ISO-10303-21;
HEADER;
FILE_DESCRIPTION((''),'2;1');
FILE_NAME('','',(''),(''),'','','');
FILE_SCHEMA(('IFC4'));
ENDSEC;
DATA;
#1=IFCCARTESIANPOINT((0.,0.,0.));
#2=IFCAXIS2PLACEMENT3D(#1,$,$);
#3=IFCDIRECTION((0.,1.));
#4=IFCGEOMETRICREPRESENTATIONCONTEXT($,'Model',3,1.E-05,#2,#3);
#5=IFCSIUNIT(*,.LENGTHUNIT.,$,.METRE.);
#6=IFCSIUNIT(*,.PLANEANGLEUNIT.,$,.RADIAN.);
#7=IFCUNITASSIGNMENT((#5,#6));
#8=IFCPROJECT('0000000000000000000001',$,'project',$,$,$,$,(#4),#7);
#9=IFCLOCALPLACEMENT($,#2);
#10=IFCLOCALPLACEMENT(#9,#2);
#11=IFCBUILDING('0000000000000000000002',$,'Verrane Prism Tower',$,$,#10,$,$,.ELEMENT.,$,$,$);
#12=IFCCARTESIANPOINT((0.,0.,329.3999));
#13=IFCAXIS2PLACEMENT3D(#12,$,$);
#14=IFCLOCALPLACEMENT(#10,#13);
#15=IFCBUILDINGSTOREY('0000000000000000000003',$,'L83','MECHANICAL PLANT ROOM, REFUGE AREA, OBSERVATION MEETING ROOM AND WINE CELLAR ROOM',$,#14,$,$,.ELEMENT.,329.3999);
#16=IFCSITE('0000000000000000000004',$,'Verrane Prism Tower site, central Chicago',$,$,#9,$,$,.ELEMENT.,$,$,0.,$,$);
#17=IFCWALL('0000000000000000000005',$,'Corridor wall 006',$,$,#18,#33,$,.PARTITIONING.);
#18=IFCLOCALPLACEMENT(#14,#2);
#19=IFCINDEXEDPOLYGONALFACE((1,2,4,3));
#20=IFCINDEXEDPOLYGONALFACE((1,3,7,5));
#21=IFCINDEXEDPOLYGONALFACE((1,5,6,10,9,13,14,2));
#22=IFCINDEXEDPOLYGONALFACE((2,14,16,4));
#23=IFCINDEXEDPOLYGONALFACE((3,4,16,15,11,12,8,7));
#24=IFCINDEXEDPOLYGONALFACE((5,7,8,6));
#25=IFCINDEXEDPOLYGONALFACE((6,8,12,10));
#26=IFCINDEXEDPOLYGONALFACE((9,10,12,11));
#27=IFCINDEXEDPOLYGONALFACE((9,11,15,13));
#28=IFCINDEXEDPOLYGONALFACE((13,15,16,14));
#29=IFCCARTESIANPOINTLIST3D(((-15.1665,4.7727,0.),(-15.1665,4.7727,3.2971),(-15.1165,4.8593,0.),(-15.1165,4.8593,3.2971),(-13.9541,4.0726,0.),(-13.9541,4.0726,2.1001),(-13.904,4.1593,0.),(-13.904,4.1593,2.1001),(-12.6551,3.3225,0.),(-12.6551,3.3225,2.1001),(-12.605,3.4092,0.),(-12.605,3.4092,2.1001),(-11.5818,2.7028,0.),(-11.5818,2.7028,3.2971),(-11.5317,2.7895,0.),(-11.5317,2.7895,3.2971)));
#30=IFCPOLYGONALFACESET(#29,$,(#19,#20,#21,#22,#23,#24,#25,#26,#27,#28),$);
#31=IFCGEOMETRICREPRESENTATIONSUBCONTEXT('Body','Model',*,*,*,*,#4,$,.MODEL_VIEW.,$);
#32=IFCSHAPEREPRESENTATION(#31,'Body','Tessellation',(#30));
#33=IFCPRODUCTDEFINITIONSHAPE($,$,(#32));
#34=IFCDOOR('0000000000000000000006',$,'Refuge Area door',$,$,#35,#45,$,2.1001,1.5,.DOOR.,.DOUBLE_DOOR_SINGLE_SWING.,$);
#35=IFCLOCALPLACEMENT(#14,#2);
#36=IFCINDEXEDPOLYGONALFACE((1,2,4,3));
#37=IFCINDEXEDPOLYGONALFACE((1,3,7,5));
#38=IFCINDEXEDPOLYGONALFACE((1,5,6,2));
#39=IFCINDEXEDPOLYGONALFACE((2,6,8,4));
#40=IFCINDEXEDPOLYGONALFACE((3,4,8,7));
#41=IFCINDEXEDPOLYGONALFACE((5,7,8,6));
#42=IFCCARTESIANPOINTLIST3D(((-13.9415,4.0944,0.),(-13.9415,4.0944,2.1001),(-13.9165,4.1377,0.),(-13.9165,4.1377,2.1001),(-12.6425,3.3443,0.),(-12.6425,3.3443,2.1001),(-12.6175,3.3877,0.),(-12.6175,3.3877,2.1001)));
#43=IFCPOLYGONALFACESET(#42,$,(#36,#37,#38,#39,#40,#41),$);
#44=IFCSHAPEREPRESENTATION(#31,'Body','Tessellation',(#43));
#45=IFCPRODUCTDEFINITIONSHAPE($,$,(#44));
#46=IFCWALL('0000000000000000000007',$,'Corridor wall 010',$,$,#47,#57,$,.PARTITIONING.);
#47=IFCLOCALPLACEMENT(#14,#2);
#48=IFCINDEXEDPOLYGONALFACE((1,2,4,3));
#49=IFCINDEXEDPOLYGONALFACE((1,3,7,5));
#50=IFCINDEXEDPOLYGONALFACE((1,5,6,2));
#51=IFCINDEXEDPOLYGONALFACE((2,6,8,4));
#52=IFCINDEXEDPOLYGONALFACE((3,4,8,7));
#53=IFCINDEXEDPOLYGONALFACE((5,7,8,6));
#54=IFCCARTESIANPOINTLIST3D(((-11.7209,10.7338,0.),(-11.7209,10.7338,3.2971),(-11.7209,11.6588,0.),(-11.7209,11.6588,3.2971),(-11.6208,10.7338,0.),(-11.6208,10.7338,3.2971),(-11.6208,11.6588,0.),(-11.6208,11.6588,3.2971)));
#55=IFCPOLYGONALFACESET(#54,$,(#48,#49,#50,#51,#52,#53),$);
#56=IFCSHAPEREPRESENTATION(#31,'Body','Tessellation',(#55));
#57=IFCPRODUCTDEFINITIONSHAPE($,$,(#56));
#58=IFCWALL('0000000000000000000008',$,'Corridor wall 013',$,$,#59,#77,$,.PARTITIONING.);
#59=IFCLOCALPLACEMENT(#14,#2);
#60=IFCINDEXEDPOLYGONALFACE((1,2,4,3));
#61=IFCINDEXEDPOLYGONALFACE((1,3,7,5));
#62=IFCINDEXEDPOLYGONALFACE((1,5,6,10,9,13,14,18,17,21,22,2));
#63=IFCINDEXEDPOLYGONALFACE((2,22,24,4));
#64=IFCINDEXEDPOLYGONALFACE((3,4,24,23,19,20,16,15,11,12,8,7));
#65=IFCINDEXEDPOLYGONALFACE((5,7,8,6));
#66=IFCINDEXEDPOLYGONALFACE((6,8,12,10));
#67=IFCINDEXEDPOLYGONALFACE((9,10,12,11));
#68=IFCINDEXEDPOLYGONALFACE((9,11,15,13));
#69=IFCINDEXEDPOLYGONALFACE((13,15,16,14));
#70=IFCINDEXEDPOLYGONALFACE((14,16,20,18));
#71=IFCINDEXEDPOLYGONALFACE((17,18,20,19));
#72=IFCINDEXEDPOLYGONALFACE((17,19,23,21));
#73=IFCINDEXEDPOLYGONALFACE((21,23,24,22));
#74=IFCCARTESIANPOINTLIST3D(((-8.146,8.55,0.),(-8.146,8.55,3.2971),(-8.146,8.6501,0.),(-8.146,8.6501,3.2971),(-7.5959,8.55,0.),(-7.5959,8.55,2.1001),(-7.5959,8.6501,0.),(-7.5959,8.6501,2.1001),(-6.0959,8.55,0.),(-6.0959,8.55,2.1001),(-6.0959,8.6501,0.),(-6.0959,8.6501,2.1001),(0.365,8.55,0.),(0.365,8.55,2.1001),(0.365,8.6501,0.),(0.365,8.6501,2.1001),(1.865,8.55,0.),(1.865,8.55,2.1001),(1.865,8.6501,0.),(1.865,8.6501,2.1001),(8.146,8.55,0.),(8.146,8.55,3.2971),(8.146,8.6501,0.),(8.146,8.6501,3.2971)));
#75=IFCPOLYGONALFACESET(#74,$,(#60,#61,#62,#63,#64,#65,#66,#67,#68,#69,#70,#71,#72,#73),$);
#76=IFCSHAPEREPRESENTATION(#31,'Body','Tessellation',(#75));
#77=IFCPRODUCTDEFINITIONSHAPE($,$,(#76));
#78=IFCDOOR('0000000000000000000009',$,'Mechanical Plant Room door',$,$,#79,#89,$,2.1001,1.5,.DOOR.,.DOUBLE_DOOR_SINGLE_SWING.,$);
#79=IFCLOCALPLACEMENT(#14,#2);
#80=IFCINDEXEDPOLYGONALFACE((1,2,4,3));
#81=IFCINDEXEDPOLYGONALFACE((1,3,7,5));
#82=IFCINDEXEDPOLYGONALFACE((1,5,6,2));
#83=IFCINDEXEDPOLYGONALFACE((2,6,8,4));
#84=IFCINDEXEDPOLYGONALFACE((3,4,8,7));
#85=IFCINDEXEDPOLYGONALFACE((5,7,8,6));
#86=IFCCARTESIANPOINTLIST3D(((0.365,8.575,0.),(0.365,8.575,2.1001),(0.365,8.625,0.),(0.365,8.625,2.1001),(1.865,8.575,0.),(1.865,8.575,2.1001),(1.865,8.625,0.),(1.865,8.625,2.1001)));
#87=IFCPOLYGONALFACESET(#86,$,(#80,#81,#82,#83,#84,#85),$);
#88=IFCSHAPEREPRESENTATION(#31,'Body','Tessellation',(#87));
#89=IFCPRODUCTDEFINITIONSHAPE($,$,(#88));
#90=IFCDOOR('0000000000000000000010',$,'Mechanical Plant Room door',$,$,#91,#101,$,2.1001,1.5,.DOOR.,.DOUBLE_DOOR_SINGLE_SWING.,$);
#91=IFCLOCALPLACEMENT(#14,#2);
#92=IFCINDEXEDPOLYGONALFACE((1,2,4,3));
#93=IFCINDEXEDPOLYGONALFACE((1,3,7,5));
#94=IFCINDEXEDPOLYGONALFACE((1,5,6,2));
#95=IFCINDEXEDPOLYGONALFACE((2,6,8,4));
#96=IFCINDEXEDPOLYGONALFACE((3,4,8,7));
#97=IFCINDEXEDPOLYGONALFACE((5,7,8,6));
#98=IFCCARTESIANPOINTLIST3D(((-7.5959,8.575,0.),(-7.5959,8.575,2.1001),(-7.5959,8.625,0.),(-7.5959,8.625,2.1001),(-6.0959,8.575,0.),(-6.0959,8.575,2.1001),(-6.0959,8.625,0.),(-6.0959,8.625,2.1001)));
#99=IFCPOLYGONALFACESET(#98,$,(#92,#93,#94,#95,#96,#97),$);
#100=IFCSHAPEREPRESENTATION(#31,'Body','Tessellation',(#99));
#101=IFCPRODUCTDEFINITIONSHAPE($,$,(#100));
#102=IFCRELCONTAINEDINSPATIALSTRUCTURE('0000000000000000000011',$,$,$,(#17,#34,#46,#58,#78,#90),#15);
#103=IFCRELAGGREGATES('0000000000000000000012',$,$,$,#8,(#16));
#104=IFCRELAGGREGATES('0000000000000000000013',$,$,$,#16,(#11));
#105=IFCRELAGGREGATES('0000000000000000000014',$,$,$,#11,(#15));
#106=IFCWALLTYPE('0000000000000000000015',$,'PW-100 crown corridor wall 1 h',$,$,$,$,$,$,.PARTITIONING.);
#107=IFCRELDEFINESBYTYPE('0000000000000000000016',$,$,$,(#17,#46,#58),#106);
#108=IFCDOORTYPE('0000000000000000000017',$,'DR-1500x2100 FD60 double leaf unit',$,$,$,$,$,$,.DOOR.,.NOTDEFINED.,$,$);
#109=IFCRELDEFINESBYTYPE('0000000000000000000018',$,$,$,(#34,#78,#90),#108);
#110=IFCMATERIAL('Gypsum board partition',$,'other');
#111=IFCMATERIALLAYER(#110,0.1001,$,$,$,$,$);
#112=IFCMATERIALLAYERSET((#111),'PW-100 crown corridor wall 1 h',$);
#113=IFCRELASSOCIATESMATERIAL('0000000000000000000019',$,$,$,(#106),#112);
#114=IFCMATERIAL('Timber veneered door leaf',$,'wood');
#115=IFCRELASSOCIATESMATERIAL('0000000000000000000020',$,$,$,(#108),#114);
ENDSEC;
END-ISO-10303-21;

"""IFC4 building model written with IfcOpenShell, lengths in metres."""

from ifc_helpers import new_model, si_unit, direction, frame, frame_2d, origin, place, context, subcontext, project, spatial, rectangle, extrude, material, layer, layer_set, type_object, element, fill, save


model = new_model("IFC4")

# Units and contexts
model_context = context("Model", 3, precision=1e-05, world=origin(), true_north=direction((0.0, 1.0)))
body_context = subcontext(model_context, "Body", "Model", "MODEL_VIEW")
ifc_project = project(units=[si_unit("LENGTHUNIT", "METRE"), si_unit("PLANEANGLEUNIT", "RADIAN")], contexts=[model_context])

# Site, building, storey
site_placement = place(None, origin())
site = spatial("IfcSite", under=ifc_project, at=site_placement, Name="Verrane Prism Tower site, central Chicago", CompositionType="ELEMENT", RefElevation=0.0)
building_placement = place(site_placement, origin())
building = spatial("IfcBuilding", under=site, at=building_placement, Name="Verrane Prism Tower", CompositionType="ELEMENT")
storey_placement = place(building_placement, frame((0.0, 0.0, 329.3999)))
storey = spatial("IfcBuildingStorey", under=building, at=storey_placement, Name="L83", Description="MECHANICAL PLANT ROOM, REFUGE AREA, OBSERVATION MEETING ROOM AND WINE CELLAR ROOM", CompositionType="ELEMENT", Elevation=329.3999)

# Wall, opening, door
ifc_material_1 = material(Name="Gypsum board partition", Category="other")
ifc_layer_1 = layer(ifc_material_1, 0.1001)
ifc_layer_set_1 = layer_set([ifc_layer_1], Name="PW-100 crown corridor wall 1 h")
wall_type_1 = type_object("IfcWallType", Name="PW-100 crown corridor wall 1 h", PredefinedType="PARTITIONING", material=ifc_layer_set_1)
wall_1_placement = place(storey_placement, frame((-11.5566, 2.7461, 0.0), z_axis=(0.0, 0.0, 1.0), x_axis=(-0.866006, 0.500034, 0.0)))
wall_1 = element("IfcWall", 1, at=wall_1_placement, inside=storey, type_object=wall_type_1, Name="Corridor wall 006", PredefinedType="PARTITIONING", context=body_context, shape_type="SweptSolid", body=[
    extrude(rectangle(XDim=4.1394, YDim=0.1001, at=frame_2d((2.0698, 0.0))), origin(), (0.0, 0.0, 1.0), 3.2971),
])
opening_1_placement = place(wall_1_placement, frame((1.2395, 0.0, 0.0)))
opening_1 = element("IfcOpeningElement", 2, at=opening_1_placement, cuts=wall_1, PredefinedType="OPENING", context=body_context, shape_type="SweptSolid", body=[
    extrude(rectangle(XDim=1.5, YDim=2.1001, at=frame_2d((0.75, 1.05))), frame((0.0, 0.0601, 0.0), z_axis=(0.0, -1.0, 0.0), x_axis=(1.0, 0.0, 0.0)), (0.0, 0.0, 1.0), 0.1201),
])
ifc_material_2 = material(Name="Timber veneered door leaf", Category="wood")
door_type = type_object("IfcDoorType", Name="DR-1500x2100 FD60 double leaf unit", OperationType="NOTDEFINED", PredefinedType="DOOR", material=ifc_material_2)
door_1_placement = place(opening_1_placement, origin())
door_1 = element("IfcDoor", 3, at=door_1_placement, inside=storey, type_object=door_type, Name="Refuge Area door", OperationType="DOUBLE_DOOR_SINGLE_SWING", OverallHeight=2.1001, OverallWidth=1.5, PredefinedType="DOOR", context=body_context, shape_type="SweptSolid", body=[
    extrude(rectangle(XDim=1.5, YDim=2.1001, at=frame_2d((0.75, 1.05))), frame((0.0, 0.0249, 0.0), z_axis=(0.0, -1.0, 0.0), x_axis=(1.0, 0.0, 0.0)), (0.0, 0.0, 1.0), 0.05),
])
fill(opening_1, door_1)

# Wall
wall_2_placement = place(storey_placement, frame((-11.6709, 10.7339, 0.0), z_axis=(0.0, 0.0, 1.0), x_axis=(0.0, 1.0, 0.0)))
element("IfcWall", 4, at=wall_2_placement, inside=storey, type_object=wall_type_1, Name="Corridor wall 010", PredefinedType="PARTITIONING", context=body_context, shape_type="SweptSolid", body=[
    extrude(rectangle(XDim=0.925, YDim=0.1001, at=frame_2d((0.4624, 0.0))), origin(), (0.0, 0.0, 1.0), 3.2971),
])

# Wall, openings, doors
wall_3_placement = place(storey_placement, frame((-8.146, 8.6001, 0.0), z_axis=(0.0, 0.0, 1.0), x_axis=(1.0, 0.0, 0.0)))
wall_3 = element("IfcWall", 5, at=wall_3_placement, inside=storey, type_object=wall_type_1, Name="Corridor wall 013", PredefinedType="PARTITIONING", context=body_context, shape_type="SweptSolid", body=[
    extrude(rectangle(XDim=16.292, YDim=0.1001, at=frame_2d((8.146, 0.0))), origin(), (0.0, 0.0, 1.0), 3.2971),
])
opening_2_placement = place(wall_3_placement, frame((8.511, 0.0, 0.0)))
opening_2 = element("IfcOpeningElement", 6, at=opening_2_placement, cuts=wall_3, PredefinedType="OPENING", context=body_context, shape_type="SweptSolid", body=[
    extrude(rectangle(XDim=1.5, YDim=2.1001, at=frame_2d((0.75, 1.05))), frame((0.0, 0.0601, 0.0), z_axis=(0.0, -1.0, 0.0), x_axis=(1.0, 0.0, 0.0)), (0.0, 0.0, 1.0), 0.1201),
])
opening_3_placement = place(wall_3_placement, frame((0.55, 0.0, 0.0)))
opening_3 = element("IfcOpeningElement", 7, at=opening_3_placement, cuts=wall_3, PredefinedType="OPENING", context=body_context, shape_type="SweptSolid", body=[
    extrude(rectangle(XDim=1.5, YDim=2.1001, at=frame_2d((0.75, 1.05))), frame((0.0, 0.0601, 0.0), z_axis=(0.0, -1.0, 0.0), x_axis=(1.0, 0.0, 0.0)), (0.0, 0.0, 1.0), 0.1201),
])
door_2_placement = place(opening_2_placement, origin())
door_2 = element("IfcDoor", 8, at=door_2_placement, inside=storey, type_object=door_type, Name="Mechanical Plant Room door", OperationType="DOUBLE_DOOR_SINGLE_SWING", OverallHeight=2.1001, OverallWidth=1.5, PredefinedType="DOOR", context=body_context, shape_type="SweptSolid", body=[
    extrude(rectangle(XDim=1.5, YDim=2.1001, at=frame_2d((0.75, 1.05))), frame((0.0, 0.0249, 0.0), z_axis=(0.0, -1.0, 0.0), x_axis=(1.0, 0.0, 0.0)), (0.0, 0.0, 1.0), 0.05),
])
fill(opening_2, door_2)
door_3_placement = place(opening_3_placement, origin())
door_3 = element("IfcDoor", 9, at=door_3_placement, inside=storey, type_object=door_type, Name="Mechanical Plant Room door", OperationType="DOUBLE_DOOR_SINGLE_SWING", OverallHeight=2.1001, OverallWidth=1.5, PredefinedType="DOOR", context=body_context, shape_type="SweptSolid", body=[
    extrude(rectangle(XDim=1.5, YDim=2.1001, at=frame_2d((0.75, 1.05))), frame((0.0, 0.0249, 0.0), z_axis=(0.0, -1.0, 0.0), x_axis=(1.0, 0.0, 0.0)), (0.0, 0.0, 1.0), 0.05),
])
fill(opening_3, door_3)

save(model, "model.ifc")
